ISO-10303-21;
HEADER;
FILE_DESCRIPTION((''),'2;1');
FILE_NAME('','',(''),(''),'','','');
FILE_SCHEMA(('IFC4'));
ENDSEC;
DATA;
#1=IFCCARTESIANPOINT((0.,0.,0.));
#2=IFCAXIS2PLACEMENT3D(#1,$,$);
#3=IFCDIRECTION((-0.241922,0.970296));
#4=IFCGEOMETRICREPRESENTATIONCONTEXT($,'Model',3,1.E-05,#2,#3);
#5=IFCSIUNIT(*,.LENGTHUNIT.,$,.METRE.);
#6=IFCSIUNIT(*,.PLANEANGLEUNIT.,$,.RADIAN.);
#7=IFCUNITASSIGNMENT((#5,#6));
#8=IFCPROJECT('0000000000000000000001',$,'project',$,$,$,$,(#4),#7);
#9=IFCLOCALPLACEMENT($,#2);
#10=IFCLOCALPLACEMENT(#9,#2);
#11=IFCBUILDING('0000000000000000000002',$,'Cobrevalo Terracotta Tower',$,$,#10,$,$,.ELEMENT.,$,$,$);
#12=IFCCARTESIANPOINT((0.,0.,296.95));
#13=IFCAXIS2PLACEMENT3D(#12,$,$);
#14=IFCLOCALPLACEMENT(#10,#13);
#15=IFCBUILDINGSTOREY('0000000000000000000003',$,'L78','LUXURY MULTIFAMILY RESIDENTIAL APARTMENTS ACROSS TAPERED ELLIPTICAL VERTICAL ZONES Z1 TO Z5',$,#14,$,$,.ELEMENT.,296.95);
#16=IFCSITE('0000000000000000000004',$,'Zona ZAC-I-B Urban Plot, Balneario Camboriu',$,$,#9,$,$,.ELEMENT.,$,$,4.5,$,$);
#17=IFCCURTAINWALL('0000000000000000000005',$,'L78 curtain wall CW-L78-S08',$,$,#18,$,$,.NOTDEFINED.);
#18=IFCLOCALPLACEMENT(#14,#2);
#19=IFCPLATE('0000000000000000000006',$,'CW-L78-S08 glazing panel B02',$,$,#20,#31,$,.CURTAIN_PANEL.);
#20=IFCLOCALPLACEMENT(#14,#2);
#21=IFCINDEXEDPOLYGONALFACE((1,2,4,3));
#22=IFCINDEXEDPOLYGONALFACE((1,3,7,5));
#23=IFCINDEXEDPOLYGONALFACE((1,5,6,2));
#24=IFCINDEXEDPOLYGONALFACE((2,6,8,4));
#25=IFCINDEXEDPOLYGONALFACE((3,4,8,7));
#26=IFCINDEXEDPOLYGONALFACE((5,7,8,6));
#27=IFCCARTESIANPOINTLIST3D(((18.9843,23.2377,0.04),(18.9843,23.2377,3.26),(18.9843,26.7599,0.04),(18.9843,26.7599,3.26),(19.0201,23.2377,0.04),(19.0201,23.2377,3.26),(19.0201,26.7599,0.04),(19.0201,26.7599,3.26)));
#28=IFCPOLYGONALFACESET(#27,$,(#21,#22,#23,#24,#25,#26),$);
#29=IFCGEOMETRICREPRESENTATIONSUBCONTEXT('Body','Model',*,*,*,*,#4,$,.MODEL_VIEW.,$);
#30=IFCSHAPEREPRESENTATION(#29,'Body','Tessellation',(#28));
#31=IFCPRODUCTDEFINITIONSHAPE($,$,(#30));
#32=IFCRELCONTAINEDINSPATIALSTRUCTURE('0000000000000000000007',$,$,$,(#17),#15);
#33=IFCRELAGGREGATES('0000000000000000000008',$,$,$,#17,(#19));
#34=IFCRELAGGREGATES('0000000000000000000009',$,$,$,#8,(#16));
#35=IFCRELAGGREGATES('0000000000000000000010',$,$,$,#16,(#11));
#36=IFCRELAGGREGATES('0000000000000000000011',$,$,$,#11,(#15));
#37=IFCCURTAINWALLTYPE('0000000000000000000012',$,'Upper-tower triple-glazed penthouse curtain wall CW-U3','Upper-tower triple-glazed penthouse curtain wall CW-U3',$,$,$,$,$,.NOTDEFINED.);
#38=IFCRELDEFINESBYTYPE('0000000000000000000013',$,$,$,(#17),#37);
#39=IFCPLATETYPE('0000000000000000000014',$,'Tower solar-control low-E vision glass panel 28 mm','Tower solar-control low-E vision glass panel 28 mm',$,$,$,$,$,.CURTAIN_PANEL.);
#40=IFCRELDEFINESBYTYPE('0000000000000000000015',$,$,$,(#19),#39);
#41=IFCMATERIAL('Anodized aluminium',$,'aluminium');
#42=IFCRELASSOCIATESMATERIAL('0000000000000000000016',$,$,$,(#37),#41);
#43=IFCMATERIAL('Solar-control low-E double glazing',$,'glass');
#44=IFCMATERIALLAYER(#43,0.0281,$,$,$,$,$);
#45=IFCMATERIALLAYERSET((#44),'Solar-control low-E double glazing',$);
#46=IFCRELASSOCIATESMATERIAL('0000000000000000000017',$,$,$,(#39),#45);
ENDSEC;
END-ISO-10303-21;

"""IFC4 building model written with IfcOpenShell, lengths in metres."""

from ifc_helpers import new_model, si_unit, direction, frame, origin, origin_2d, place, context, subcontext, project, spatial, rectangle, extrude, source, transform, mapped, material, layer, layer_set, type_object, element, aggregate, save


model = new_model("IFC4")

# Units and contexts
model_context = context("Model", 3, precision=1e-05, world=origin(), true_north=direction((-0.241922, 0.970296)))
body_context = subcontext(model_context, "Body", "Model", "MODEL_VIEW")
ifc_project = project(units=[si_unit("LENGTHUNIT", "METRE"), si_unit("PLANEANGLEUNIT", "RADIAN")], contexts=[model_context])

# Site, building, storey
site_placement = place(None, origin())
site = spatial("IfcSite", under=ifc_project, at=site_placement, Name="Zona ZAC-I-B Urban Plot, Balneario Camboriu", CompositionType="ELEMENT", RefElevation=4.5)
building_placement = place(site_placement, origin())
building = spatial("IfcBuilding", under=site, at=building_placement, Name="Cobrevalo Terracotta Tower", CompositionType="ELEMENT")
storey_placement = place(building_placement, frame((0.0, 0.0, 296.95)))
storey = spatial("IfcBuildingStorey", under=building, at=storey_placement, Name="L78", Description="LUXURY MULTIFAMILY RESIDENTIAL APARTMENTS ACROSS TAPERED ELLIPTICAL VERTICAL ZONES Z1 TO Z5", CompositionType="ELEMENT", Elevation=296.95)

# Curtain wall
ifc_material_1 = material(Name="Anodized aluminium", Category="aluminium")
curtain_wall_type = type_object("IfcCurtainWallType", Name="Upper-tower triple-glazed penthouse curtain wall CW-U3", Description="Upper-tower triple-glazed penthouse curtain wall CW-U3", PredefinedType="NOTDEFINED", material=ifc_material_1)
curtain_wall_1_placement = place(storey_placement, origin())
curtain_wall_1 = element("IfcCurtainWall", 1, at=curtain_wall_1_placement, inside=storey, type_object=curtain_wall_type, Name="L78 curtain wall CW-L78-S08", PredefinedType="NOTDEFINED")

# Plate
ifc_material_2 = material(Name="Solar-control low-E double glazing", Category="glass")
ifc_layer_1 = layer(ifc_material_2, 0.0281)
ifc_layer_set_1 = layer_set([ifc_layer_1], Name="Solar-control low-E double glazing")
plate_type_1 = type_object("IfcPlateType", Name="Tower solar-control low-E vision glass panel 28 mm", Description="Tower solar-control low-E vision glass panel 28 mm", PredefinedType="CURTAIN_PANEL", material=ifc_layer_set_1)
shared_shape_1 = source(origin(), body_context, "Body", "SweptSolid", [
    extrude(rectangle(XDim=3.5222, YDim=0.0359, at=origin_2d()), origin(), (0.0, 0.0, 1.0), 3.22),
])
plate_1_placement = place(storey_placement, frame((19.0022, 24.9988, 0.04), z_axis=(0.0, 0.0, 1.0), x_axis=(0.0, -1.0, 0.0)))
plate_1 = element("IfcPlate", 2, at=plate_1_placement, type_object=plate_type_1, Name="CW-L78-S08 glazing panel B02", PredefinedType="CURTAIN_PANEL", context=body_context, shape_type="MappedRepresentation", body=[
    mapped(shared_shape_1, transform((0.0, 0.0, 0.0), scale=1.0)),
])
aggregate(curtain_wall_1, [plate_1])

save(model, "model.ifc")
